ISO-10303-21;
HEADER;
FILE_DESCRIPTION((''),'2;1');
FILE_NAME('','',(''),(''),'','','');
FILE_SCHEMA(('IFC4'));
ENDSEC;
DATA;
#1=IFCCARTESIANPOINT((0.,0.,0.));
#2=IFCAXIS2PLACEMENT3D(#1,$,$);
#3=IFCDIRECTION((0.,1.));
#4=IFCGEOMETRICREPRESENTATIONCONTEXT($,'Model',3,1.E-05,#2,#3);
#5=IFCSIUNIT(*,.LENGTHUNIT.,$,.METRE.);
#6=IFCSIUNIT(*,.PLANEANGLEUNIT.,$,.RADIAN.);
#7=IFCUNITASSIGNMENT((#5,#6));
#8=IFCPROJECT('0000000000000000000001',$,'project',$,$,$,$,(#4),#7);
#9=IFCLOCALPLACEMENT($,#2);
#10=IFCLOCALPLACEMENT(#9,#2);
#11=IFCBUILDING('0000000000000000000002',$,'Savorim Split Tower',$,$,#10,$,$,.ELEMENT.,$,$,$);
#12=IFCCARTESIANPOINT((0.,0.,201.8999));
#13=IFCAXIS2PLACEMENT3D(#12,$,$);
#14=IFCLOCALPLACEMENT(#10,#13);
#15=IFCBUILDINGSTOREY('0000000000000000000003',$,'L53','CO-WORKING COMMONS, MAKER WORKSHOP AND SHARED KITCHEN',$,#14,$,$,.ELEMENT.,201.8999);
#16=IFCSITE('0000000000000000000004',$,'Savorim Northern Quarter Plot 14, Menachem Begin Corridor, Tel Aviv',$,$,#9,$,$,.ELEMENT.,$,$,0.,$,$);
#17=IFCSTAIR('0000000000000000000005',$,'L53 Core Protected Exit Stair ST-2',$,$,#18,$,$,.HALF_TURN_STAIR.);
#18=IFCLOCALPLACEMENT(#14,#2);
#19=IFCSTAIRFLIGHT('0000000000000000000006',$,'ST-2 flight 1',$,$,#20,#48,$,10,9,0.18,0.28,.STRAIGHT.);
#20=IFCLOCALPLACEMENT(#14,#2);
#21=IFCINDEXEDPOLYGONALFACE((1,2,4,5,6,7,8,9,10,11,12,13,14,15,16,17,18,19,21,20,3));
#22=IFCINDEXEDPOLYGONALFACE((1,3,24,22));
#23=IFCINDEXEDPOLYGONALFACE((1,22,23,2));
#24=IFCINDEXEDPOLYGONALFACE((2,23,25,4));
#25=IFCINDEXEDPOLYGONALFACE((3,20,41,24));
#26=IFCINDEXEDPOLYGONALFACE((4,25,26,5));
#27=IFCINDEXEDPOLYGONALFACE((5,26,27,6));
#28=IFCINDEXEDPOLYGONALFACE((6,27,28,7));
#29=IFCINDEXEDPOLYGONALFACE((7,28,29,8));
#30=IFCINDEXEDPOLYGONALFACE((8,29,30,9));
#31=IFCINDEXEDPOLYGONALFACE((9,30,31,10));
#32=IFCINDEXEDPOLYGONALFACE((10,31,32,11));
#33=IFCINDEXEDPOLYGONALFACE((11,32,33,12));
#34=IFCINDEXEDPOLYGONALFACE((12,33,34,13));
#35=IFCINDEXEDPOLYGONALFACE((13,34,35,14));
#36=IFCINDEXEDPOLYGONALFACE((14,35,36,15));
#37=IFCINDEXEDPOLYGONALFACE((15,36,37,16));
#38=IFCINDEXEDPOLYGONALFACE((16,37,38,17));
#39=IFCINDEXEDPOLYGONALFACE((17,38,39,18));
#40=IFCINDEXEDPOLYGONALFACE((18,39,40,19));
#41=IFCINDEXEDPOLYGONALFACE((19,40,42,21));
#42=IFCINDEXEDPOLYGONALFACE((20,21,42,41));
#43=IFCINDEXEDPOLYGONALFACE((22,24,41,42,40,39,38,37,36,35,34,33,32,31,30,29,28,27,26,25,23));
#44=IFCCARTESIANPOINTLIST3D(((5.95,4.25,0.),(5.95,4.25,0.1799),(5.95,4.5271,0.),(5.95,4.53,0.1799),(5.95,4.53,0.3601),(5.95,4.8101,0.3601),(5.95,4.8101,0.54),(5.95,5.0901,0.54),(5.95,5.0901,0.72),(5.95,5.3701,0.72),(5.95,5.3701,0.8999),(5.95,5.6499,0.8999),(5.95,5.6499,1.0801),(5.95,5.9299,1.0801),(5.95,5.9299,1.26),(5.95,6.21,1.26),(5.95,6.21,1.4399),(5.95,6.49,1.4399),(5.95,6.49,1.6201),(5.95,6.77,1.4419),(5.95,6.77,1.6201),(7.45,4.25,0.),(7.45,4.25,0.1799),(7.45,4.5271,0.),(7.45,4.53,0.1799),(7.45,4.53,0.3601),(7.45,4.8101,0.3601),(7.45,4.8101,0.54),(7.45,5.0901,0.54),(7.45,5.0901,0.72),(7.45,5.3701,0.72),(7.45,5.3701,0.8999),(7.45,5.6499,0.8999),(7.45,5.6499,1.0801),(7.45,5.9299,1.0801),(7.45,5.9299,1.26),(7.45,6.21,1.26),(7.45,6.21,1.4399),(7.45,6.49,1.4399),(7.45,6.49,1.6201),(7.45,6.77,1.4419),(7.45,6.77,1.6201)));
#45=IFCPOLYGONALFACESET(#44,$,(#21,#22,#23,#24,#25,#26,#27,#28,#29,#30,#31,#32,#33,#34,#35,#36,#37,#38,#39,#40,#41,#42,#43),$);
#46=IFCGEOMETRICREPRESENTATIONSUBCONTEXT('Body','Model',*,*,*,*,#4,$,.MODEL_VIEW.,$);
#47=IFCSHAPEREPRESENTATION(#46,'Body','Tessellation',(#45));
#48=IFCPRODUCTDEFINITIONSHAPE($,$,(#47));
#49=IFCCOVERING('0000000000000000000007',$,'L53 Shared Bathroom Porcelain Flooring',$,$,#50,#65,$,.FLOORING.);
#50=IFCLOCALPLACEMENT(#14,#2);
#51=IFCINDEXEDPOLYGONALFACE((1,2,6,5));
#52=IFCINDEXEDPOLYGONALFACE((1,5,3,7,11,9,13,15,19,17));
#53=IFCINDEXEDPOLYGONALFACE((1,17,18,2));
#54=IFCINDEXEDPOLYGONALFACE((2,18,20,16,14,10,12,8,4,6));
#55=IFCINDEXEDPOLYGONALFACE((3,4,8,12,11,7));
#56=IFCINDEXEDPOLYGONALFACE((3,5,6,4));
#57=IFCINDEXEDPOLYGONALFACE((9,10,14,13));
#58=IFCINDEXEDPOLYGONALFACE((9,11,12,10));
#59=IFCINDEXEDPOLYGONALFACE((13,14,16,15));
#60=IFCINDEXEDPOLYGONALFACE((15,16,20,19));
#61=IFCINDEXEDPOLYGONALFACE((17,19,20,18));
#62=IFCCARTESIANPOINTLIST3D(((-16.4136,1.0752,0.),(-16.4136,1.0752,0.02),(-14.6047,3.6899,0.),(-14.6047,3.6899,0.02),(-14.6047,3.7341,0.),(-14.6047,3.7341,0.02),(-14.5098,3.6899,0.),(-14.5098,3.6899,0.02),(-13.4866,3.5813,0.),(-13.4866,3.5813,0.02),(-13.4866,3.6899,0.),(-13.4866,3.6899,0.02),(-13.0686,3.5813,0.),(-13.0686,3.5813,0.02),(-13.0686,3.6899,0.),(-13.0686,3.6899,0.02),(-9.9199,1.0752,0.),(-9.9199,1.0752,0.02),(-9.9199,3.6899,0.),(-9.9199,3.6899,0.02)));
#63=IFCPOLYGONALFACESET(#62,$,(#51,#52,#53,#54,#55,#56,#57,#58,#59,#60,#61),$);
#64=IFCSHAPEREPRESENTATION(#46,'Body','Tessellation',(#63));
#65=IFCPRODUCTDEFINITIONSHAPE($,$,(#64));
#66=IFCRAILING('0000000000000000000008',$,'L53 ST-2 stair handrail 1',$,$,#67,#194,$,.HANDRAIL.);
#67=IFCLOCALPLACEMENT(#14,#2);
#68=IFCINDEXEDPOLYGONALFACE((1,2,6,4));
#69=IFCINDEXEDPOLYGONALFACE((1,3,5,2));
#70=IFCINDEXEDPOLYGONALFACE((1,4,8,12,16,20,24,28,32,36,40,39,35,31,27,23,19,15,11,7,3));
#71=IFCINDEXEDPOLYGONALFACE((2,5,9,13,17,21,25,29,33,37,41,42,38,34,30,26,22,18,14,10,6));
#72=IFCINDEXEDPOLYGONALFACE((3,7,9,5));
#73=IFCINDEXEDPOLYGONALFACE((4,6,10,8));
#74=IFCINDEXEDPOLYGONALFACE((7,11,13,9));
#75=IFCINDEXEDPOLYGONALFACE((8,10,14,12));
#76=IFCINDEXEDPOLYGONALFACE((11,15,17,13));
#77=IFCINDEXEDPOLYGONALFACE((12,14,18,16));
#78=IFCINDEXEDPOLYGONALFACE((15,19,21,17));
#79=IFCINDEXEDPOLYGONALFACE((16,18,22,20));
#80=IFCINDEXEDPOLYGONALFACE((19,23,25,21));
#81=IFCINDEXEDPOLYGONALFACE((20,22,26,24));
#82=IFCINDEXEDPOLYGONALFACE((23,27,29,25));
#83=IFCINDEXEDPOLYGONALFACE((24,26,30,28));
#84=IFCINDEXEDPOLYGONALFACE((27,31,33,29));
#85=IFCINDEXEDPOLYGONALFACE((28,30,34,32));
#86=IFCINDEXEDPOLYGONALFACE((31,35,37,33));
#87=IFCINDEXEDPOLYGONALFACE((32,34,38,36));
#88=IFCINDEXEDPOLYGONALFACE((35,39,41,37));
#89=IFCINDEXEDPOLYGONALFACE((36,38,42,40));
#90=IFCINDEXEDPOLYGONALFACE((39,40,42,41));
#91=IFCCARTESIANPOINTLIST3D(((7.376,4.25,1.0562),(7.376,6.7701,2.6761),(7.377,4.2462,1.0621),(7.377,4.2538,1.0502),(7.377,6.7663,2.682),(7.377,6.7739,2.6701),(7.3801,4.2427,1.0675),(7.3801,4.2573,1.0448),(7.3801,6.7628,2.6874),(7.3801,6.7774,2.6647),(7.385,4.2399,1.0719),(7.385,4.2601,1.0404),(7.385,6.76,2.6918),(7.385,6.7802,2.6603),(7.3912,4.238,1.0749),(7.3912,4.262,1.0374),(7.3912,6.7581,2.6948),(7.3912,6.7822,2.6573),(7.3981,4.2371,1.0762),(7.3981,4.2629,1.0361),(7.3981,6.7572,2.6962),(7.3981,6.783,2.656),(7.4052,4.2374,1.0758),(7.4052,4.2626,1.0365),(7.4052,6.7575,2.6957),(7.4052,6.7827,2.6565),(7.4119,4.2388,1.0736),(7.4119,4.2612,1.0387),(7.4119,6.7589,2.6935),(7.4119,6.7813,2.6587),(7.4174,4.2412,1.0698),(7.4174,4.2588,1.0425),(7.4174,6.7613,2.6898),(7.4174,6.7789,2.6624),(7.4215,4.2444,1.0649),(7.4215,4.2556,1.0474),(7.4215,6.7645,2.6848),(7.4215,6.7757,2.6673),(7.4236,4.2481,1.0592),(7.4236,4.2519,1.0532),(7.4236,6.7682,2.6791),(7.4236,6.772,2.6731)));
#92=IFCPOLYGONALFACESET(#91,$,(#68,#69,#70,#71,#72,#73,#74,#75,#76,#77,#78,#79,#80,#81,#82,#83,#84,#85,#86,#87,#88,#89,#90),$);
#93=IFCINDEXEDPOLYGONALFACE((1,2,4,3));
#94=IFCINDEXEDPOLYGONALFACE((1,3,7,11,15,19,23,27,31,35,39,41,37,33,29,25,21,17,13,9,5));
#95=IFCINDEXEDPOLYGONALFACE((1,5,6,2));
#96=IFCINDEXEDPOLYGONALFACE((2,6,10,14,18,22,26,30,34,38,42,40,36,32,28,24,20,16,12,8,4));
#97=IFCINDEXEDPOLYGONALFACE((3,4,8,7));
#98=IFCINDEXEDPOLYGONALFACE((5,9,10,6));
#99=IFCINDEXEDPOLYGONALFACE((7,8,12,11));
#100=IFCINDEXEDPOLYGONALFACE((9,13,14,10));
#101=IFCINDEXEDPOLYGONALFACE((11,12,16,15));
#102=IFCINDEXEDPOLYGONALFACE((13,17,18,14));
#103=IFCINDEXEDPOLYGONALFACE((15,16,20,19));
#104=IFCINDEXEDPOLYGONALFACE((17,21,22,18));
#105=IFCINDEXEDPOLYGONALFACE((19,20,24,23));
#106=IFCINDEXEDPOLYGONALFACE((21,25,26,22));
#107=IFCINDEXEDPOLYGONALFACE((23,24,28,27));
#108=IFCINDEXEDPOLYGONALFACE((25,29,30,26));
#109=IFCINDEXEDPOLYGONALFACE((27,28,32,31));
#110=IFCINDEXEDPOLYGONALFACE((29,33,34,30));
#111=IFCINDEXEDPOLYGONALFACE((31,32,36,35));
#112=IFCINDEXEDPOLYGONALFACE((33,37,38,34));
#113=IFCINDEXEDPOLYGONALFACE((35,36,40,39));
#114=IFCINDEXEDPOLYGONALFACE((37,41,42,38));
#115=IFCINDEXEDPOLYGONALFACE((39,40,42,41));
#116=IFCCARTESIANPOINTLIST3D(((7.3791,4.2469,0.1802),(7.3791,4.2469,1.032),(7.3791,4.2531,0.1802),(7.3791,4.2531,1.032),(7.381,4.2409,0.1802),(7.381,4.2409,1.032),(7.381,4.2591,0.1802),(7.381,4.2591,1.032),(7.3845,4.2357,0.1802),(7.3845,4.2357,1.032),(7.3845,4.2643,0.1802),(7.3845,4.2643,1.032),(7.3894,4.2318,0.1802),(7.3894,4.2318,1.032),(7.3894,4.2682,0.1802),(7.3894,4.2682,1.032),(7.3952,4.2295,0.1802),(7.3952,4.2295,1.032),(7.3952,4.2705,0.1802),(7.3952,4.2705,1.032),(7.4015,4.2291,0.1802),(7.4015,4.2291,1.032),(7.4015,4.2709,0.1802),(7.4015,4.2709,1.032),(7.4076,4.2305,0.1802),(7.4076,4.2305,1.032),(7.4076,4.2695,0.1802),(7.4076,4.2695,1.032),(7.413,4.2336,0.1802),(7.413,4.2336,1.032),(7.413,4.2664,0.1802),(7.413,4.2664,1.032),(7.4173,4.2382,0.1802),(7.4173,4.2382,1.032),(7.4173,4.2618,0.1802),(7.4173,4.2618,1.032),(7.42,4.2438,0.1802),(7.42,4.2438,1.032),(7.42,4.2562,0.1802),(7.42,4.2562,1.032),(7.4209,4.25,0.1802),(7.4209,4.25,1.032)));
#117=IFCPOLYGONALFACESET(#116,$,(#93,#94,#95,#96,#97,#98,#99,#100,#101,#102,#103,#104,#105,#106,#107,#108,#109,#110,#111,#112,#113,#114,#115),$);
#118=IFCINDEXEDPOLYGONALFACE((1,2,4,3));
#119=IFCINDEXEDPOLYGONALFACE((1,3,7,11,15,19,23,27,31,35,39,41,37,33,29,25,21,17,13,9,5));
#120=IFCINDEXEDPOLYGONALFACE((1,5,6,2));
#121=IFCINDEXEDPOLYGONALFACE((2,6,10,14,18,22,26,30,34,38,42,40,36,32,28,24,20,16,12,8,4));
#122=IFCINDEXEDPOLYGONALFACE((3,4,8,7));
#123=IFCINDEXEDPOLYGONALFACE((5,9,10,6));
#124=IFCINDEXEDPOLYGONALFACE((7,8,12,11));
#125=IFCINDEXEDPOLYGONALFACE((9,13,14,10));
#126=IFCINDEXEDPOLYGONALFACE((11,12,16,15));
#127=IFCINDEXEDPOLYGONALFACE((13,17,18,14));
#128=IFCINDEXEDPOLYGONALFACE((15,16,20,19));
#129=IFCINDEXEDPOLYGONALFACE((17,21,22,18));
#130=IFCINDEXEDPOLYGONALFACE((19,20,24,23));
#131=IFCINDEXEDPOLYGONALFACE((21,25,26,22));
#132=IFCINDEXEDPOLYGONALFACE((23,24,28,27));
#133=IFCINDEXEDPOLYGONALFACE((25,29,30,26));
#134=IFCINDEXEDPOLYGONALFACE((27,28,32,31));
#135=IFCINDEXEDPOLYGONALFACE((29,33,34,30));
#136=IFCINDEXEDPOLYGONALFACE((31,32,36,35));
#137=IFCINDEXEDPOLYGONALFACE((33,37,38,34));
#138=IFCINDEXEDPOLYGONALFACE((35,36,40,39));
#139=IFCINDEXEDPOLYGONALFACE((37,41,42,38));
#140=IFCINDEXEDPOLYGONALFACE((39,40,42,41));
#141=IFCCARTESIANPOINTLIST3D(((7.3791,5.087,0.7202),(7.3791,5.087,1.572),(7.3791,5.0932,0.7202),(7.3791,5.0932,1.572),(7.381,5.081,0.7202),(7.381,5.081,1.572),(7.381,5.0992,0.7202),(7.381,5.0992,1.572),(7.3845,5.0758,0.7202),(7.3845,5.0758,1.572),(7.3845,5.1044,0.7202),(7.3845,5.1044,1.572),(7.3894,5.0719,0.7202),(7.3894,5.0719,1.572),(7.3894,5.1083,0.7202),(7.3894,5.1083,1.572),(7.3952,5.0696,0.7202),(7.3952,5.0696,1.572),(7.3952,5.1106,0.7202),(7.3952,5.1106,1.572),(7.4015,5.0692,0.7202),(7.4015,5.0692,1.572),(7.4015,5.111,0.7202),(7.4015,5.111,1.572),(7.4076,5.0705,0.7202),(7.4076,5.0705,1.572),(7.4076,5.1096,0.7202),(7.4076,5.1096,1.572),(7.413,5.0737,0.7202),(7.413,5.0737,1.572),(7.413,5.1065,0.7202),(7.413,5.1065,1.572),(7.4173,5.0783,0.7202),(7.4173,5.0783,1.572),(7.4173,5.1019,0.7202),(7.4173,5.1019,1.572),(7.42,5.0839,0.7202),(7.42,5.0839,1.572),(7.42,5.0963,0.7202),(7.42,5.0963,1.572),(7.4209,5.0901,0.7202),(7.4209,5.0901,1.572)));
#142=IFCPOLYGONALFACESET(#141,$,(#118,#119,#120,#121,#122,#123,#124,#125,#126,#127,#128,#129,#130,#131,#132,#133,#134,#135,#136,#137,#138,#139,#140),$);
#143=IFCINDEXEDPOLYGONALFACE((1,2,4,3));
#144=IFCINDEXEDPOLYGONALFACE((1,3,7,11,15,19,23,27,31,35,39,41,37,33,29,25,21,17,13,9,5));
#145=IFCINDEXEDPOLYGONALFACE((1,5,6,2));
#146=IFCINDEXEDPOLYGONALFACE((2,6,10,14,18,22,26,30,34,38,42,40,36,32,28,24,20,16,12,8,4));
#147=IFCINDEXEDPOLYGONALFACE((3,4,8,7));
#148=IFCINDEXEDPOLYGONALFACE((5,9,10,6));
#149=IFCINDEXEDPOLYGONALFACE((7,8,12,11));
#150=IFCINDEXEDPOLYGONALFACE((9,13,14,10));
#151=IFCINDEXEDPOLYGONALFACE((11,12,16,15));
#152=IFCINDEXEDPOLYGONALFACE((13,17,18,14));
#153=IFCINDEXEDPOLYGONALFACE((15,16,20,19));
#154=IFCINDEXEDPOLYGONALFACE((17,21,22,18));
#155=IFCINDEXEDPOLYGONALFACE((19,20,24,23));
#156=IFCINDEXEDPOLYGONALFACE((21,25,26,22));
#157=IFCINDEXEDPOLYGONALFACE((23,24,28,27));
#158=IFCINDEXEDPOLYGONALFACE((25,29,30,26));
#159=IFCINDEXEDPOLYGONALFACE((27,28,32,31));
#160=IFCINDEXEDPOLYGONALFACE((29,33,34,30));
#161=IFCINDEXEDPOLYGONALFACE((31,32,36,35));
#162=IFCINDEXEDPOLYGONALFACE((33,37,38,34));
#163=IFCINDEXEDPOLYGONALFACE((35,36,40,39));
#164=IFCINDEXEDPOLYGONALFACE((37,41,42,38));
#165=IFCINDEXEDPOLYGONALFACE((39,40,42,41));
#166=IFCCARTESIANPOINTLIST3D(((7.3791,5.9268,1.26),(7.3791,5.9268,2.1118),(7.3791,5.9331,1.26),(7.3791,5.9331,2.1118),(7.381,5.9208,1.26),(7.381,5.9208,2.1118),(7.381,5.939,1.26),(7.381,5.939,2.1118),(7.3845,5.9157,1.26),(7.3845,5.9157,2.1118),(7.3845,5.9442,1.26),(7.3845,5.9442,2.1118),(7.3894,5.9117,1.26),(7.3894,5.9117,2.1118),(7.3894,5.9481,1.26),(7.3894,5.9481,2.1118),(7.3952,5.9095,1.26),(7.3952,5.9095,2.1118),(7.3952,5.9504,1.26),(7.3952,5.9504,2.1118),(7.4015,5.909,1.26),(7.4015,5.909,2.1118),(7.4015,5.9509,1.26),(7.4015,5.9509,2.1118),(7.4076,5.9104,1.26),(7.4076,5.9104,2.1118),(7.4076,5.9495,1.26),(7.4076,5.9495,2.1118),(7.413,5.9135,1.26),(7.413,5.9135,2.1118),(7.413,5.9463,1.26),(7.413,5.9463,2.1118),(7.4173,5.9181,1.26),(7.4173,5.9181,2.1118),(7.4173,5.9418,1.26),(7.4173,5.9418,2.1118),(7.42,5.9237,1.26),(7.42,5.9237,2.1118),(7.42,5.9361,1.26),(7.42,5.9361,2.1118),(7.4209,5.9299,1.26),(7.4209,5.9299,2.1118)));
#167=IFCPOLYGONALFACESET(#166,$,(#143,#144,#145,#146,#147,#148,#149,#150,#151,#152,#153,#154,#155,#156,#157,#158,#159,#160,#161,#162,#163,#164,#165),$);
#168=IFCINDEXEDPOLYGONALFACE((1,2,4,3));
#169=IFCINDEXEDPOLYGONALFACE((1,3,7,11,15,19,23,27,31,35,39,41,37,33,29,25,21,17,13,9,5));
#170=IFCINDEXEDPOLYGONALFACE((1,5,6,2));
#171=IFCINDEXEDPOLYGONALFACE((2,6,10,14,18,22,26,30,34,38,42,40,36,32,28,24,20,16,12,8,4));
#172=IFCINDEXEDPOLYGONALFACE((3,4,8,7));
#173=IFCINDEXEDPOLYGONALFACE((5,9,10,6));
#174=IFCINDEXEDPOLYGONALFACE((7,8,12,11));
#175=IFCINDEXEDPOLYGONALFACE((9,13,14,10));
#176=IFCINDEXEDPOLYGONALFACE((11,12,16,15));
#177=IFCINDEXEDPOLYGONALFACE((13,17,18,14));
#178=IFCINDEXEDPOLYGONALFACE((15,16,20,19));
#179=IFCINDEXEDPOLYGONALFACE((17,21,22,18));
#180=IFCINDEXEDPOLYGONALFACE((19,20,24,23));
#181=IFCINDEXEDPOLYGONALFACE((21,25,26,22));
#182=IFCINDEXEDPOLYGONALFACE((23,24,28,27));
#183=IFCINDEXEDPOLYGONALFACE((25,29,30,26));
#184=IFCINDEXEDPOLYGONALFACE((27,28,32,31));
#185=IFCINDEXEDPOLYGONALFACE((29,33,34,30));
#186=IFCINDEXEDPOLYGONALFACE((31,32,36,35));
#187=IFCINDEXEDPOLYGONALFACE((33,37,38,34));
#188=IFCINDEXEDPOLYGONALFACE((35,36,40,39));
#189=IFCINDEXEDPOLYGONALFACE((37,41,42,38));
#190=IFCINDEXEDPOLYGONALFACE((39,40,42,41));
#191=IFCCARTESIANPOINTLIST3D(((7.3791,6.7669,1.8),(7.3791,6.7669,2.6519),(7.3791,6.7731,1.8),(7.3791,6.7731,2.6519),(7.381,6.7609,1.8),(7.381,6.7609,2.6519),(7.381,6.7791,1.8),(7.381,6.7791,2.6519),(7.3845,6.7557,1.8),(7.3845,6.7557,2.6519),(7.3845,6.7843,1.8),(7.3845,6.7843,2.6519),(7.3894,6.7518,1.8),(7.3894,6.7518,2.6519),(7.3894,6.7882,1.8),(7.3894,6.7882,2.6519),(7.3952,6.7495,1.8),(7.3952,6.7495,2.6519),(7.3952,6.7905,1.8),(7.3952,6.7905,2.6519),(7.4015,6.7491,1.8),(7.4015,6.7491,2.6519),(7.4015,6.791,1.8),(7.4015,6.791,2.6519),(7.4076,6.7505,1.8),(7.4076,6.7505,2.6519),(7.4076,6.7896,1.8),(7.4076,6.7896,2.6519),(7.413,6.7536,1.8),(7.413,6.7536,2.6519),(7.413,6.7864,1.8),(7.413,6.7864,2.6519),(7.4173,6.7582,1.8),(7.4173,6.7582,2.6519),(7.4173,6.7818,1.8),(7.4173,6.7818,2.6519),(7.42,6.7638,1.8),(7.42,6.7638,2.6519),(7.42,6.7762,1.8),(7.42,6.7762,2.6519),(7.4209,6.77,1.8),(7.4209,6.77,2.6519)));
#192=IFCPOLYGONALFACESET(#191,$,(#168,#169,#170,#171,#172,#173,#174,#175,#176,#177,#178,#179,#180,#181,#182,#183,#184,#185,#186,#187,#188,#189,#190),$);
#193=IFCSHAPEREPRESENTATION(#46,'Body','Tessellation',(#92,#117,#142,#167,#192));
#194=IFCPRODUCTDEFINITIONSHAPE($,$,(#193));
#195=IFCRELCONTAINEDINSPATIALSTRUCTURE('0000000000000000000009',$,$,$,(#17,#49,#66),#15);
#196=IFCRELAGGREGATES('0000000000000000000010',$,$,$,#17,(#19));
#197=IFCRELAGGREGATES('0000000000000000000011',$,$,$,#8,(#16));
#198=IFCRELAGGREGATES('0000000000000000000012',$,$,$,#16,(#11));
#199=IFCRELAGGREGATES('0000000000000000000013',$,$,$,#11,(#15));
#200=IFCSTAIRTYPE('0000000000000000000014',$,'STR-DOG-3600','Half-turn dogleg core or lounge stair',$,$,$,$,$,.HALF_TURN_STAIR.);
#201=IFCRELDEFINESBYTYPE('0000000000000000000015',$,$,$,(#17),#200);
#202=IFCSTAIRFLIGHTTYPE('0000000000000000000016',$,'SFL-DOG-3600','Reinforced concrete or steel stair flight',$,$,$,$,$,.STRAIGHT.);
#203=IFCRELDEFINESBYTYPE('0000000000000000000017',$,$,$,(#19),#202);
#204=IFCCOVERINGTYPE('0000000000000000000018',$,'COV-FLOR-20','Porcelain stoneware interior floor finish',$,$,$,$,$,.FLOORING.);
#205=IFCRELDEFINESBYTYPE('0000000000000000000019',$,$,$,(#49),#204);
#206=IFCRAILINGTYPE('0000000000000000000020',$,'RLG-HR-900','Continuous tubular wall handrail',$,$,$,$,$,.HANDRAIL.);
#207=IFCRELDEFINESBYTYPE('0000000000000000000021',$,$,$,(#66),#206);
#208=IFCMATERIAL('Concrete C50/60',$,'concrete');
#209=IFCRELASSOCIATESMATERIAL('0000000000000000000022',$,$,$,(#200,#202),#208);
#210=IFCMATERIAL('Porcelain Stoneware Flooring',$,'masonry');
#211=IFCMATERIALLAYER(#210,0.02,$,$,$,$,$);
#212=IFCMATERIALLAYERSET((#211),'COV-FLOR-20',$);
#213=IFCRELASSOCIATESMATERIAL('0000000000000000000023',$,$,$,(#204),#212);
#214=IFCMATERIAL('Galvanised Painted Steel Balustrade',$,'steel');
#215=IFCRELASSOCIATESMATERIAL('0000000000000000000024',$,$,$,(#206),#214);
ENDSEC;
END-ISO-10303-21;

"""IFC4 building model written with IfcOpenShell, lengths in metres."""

from ifc_helpers import new_model, si_unit, direction, frame, origin, origin_2d, place, context, subcontext, project, spatial, polyline, circle, outline, extrude, material, layer, layer_set, type_object, element, aggregate, save


model = new_model("IFC4")

# Units and contexts
model_context = context("Model", 3, precision=1e-05, world=origin(), true_north=direction((0.0, 1.0)))
body_context = subcontext(model_context, "Body", "Model", "MODEL_VIEW")
ifc_project = project(units=[si_unit("LENGTHUNIT", "METRE"), si_unit("PLANEANGLEUNIT", "RADIAN")], contexts=[model_context])

# Site, building, storey
site_placement = place(None, origin())
site = spatial("IfcSite", under=ifc_project, at=site_placement, Name="Savorim Northern Quarter Plot 14, Menachem Begin Corridor, Tel Aviv", CompositionType="ELEMENT", RefElevation=0.0)
building_placement = place(site_placement, origin())
building = spatial("IfcBuilding", under=site, at=building_placement, Name="Savorim Split Tower", CompositionType="ELEMENT")
storey_placement = place(building_placement, frame((0.0, 0.0, 201.8999)))
storey = spatial("IfcBuildingStorey", under=building, at=storey_placement, Name="L53", Description="CO-WORKING COMMONS, MAKER WORKSHOP AND SHARED KITCHEN", CompositionType="ELEMENT", Elevation=201.8999)

# Shared definitions
ifc_material_1 = material(Name="Concrete C50/60", Category="concrete")

# Stair, stair flight
stair_type = type_object("IfcStairType", Name="STR-DOG-3600", Description="Half-turn dogleg core or lounge stair", PredefinedType="HALF_TURN_STAIR", material=ifc_material_1)
stair_placement = place(storey_placement, origin())
stair = element("IfcStair", 1, at=stair_placement, inside=storey, type_object=stair_type, Name="L53 Core Protected Exit Stair ST-2", PredefinedType="HALF_TURN_STAIR")
stair_flight_type = type_object("IfcStairFlightType", Name="SFL-DOG-3600", Description="Reinforced concrete or steel stair flight", PredefinedType="STRAIGHT", material=ifc_material_1)
stair_flight_placement = place(storey_placement, frame((6.7, 4.25, 0.0), z_axis=(0.0, 0.0, 1.0), x_axis=(0.0, 1.0, 0.0)))
stair_flight = element("IfcStairFlight", 2, at=stair_flight_placement, type_object=stair_flight_type, Name="ST-2 flight 1", NumberOfRisers=10, NumberOfTreads=9, PredefinedType="STRAIGHT", RiserHeight=0.18, TreadLength=0.28, context=body_context, shape_type="SweptSolid", body=[
    extrude(outline(polyline([(0.0, 0.0), (0.0, 0.1799), (0.28, 0.1799), (0.28, 0.3601), (0.5601, 0.3601), (0.5601, 0.54), (0.8401, 0.54), (0.8401, 0.72), (1.1201, 0.72), (1.1201, 0.8999), (1.3999, 0.8999), (1.3999, 1.0801), (1.6799, 1.0801), (1.6799, 1.26), (1.96, 1.26), (1.96, 1.4399), (2.24, 1.4399), (2.24, 1.6201), (2.52, 1.6201), (2.52, 1.8), (2.52, 1.4419), (0.2771, 0.0), (0.0, 0.0)])), frame((0.0, 0.75, 0.0), z_axis=(0.0, -1.0, 0.0), x_axis=(1.0, 0.0, 0.0)), (0.0, 0.0, 1.0), 1.5),
])
aggregate(stair, [stair_flight])

# Covering
ifc_material_2 = material(Name="Porcelain Stoneware Flooring", Category="masonry")
ifc_layer_1 = layer(ifc_material_2, 0.02)
ifc_layer_set_1 = layer_set([ifc_layer_1], Name="COV-FLOR-20")
covering_type = type_object("IfcCoveringType", Name="COV-FLOR-20", Description="Porcelain stoneware interior floor finish", PredefinedType="FLOORING", material=ifc_layer_set_1)
covering_placement = place(storey_placement, origin())
element("IfcCovering", 3, at=covering_placement, inside=storey, type_object=covering_type, Name="L53 Shared Bathroom Porcelain Flooring", PredefinedType="FLOORING", context=body_context, shape_type="SweptSolid", body=[
    extrude(outline(polyline([(-13.4866, 3.6899), (-14.5098, 3.6899), (-14.6047, 3.6899), (-14.6047, 3.7341), (-16.4136, 1.0752), (-9.9199, 1.0752), (-9.9199, 3.6899), (-13.0686, 3.6899), (-13.0686, 3.5813), (-13.4866, 3.5813), (-13.4866, 3.6899)])), origin(), (0.0, 0.0, 1.0), 0.02),
])

# Railing
ifc_material_3 = material(Name="Galvanised Painted Steel Balustrade", Category="steel")
railing_type_1 = type_object("IfcRailingType", Name="RLG-HR-900", Description="Continuous tubular wall handrail", PredefinedType="HANDRAIL", material=ifc_material_3)
railing_1_placement = place(storey_placement, frame((7.3999, 4.25, 0.1802)))
element("IfcRailing", 4, at=railing_1_placement, inside=storey, type_object=railing_type_1, Name="L53 ST-2 stair handrail 1", PredefinedType="HANDRAIL", context=body_context, shape_type="SweptSolid", body=[
    extrude(circle(Radius=0.0239, at=origin_2d()), frame((0.0, 0.0, 0.876), z_axis=(0.0, 0.8412, 0.540725), x_axis=(-1.0, 0.0, 0.0)), (0.0, 0.0, 1.0), 2.9958),
    extrude(circle(Radius=0.021, at=origin_2d()), origin(), (0.0, 0.0, 1.0), 0.8518),
    extrude(circle(Radius=0.021, at=origin_2d()), frame((0.0, 0.8401, 0.54)), (0.0, 0.0, 1.0), 0.8518),
    extrude(circle(Radius=0.021, at=origin_2d()), frame((0.0, 1.6799, 1.0798)), (0.0, 0.0, 1.0), 0.8518),
    extrude(circle(Radius=0.021, at=origin_2d()), frame((0.0, 2.52, 1.6199)), (0.0, 0.0, 1.0), 0.8518),
])

save(model, "model.ifc")
